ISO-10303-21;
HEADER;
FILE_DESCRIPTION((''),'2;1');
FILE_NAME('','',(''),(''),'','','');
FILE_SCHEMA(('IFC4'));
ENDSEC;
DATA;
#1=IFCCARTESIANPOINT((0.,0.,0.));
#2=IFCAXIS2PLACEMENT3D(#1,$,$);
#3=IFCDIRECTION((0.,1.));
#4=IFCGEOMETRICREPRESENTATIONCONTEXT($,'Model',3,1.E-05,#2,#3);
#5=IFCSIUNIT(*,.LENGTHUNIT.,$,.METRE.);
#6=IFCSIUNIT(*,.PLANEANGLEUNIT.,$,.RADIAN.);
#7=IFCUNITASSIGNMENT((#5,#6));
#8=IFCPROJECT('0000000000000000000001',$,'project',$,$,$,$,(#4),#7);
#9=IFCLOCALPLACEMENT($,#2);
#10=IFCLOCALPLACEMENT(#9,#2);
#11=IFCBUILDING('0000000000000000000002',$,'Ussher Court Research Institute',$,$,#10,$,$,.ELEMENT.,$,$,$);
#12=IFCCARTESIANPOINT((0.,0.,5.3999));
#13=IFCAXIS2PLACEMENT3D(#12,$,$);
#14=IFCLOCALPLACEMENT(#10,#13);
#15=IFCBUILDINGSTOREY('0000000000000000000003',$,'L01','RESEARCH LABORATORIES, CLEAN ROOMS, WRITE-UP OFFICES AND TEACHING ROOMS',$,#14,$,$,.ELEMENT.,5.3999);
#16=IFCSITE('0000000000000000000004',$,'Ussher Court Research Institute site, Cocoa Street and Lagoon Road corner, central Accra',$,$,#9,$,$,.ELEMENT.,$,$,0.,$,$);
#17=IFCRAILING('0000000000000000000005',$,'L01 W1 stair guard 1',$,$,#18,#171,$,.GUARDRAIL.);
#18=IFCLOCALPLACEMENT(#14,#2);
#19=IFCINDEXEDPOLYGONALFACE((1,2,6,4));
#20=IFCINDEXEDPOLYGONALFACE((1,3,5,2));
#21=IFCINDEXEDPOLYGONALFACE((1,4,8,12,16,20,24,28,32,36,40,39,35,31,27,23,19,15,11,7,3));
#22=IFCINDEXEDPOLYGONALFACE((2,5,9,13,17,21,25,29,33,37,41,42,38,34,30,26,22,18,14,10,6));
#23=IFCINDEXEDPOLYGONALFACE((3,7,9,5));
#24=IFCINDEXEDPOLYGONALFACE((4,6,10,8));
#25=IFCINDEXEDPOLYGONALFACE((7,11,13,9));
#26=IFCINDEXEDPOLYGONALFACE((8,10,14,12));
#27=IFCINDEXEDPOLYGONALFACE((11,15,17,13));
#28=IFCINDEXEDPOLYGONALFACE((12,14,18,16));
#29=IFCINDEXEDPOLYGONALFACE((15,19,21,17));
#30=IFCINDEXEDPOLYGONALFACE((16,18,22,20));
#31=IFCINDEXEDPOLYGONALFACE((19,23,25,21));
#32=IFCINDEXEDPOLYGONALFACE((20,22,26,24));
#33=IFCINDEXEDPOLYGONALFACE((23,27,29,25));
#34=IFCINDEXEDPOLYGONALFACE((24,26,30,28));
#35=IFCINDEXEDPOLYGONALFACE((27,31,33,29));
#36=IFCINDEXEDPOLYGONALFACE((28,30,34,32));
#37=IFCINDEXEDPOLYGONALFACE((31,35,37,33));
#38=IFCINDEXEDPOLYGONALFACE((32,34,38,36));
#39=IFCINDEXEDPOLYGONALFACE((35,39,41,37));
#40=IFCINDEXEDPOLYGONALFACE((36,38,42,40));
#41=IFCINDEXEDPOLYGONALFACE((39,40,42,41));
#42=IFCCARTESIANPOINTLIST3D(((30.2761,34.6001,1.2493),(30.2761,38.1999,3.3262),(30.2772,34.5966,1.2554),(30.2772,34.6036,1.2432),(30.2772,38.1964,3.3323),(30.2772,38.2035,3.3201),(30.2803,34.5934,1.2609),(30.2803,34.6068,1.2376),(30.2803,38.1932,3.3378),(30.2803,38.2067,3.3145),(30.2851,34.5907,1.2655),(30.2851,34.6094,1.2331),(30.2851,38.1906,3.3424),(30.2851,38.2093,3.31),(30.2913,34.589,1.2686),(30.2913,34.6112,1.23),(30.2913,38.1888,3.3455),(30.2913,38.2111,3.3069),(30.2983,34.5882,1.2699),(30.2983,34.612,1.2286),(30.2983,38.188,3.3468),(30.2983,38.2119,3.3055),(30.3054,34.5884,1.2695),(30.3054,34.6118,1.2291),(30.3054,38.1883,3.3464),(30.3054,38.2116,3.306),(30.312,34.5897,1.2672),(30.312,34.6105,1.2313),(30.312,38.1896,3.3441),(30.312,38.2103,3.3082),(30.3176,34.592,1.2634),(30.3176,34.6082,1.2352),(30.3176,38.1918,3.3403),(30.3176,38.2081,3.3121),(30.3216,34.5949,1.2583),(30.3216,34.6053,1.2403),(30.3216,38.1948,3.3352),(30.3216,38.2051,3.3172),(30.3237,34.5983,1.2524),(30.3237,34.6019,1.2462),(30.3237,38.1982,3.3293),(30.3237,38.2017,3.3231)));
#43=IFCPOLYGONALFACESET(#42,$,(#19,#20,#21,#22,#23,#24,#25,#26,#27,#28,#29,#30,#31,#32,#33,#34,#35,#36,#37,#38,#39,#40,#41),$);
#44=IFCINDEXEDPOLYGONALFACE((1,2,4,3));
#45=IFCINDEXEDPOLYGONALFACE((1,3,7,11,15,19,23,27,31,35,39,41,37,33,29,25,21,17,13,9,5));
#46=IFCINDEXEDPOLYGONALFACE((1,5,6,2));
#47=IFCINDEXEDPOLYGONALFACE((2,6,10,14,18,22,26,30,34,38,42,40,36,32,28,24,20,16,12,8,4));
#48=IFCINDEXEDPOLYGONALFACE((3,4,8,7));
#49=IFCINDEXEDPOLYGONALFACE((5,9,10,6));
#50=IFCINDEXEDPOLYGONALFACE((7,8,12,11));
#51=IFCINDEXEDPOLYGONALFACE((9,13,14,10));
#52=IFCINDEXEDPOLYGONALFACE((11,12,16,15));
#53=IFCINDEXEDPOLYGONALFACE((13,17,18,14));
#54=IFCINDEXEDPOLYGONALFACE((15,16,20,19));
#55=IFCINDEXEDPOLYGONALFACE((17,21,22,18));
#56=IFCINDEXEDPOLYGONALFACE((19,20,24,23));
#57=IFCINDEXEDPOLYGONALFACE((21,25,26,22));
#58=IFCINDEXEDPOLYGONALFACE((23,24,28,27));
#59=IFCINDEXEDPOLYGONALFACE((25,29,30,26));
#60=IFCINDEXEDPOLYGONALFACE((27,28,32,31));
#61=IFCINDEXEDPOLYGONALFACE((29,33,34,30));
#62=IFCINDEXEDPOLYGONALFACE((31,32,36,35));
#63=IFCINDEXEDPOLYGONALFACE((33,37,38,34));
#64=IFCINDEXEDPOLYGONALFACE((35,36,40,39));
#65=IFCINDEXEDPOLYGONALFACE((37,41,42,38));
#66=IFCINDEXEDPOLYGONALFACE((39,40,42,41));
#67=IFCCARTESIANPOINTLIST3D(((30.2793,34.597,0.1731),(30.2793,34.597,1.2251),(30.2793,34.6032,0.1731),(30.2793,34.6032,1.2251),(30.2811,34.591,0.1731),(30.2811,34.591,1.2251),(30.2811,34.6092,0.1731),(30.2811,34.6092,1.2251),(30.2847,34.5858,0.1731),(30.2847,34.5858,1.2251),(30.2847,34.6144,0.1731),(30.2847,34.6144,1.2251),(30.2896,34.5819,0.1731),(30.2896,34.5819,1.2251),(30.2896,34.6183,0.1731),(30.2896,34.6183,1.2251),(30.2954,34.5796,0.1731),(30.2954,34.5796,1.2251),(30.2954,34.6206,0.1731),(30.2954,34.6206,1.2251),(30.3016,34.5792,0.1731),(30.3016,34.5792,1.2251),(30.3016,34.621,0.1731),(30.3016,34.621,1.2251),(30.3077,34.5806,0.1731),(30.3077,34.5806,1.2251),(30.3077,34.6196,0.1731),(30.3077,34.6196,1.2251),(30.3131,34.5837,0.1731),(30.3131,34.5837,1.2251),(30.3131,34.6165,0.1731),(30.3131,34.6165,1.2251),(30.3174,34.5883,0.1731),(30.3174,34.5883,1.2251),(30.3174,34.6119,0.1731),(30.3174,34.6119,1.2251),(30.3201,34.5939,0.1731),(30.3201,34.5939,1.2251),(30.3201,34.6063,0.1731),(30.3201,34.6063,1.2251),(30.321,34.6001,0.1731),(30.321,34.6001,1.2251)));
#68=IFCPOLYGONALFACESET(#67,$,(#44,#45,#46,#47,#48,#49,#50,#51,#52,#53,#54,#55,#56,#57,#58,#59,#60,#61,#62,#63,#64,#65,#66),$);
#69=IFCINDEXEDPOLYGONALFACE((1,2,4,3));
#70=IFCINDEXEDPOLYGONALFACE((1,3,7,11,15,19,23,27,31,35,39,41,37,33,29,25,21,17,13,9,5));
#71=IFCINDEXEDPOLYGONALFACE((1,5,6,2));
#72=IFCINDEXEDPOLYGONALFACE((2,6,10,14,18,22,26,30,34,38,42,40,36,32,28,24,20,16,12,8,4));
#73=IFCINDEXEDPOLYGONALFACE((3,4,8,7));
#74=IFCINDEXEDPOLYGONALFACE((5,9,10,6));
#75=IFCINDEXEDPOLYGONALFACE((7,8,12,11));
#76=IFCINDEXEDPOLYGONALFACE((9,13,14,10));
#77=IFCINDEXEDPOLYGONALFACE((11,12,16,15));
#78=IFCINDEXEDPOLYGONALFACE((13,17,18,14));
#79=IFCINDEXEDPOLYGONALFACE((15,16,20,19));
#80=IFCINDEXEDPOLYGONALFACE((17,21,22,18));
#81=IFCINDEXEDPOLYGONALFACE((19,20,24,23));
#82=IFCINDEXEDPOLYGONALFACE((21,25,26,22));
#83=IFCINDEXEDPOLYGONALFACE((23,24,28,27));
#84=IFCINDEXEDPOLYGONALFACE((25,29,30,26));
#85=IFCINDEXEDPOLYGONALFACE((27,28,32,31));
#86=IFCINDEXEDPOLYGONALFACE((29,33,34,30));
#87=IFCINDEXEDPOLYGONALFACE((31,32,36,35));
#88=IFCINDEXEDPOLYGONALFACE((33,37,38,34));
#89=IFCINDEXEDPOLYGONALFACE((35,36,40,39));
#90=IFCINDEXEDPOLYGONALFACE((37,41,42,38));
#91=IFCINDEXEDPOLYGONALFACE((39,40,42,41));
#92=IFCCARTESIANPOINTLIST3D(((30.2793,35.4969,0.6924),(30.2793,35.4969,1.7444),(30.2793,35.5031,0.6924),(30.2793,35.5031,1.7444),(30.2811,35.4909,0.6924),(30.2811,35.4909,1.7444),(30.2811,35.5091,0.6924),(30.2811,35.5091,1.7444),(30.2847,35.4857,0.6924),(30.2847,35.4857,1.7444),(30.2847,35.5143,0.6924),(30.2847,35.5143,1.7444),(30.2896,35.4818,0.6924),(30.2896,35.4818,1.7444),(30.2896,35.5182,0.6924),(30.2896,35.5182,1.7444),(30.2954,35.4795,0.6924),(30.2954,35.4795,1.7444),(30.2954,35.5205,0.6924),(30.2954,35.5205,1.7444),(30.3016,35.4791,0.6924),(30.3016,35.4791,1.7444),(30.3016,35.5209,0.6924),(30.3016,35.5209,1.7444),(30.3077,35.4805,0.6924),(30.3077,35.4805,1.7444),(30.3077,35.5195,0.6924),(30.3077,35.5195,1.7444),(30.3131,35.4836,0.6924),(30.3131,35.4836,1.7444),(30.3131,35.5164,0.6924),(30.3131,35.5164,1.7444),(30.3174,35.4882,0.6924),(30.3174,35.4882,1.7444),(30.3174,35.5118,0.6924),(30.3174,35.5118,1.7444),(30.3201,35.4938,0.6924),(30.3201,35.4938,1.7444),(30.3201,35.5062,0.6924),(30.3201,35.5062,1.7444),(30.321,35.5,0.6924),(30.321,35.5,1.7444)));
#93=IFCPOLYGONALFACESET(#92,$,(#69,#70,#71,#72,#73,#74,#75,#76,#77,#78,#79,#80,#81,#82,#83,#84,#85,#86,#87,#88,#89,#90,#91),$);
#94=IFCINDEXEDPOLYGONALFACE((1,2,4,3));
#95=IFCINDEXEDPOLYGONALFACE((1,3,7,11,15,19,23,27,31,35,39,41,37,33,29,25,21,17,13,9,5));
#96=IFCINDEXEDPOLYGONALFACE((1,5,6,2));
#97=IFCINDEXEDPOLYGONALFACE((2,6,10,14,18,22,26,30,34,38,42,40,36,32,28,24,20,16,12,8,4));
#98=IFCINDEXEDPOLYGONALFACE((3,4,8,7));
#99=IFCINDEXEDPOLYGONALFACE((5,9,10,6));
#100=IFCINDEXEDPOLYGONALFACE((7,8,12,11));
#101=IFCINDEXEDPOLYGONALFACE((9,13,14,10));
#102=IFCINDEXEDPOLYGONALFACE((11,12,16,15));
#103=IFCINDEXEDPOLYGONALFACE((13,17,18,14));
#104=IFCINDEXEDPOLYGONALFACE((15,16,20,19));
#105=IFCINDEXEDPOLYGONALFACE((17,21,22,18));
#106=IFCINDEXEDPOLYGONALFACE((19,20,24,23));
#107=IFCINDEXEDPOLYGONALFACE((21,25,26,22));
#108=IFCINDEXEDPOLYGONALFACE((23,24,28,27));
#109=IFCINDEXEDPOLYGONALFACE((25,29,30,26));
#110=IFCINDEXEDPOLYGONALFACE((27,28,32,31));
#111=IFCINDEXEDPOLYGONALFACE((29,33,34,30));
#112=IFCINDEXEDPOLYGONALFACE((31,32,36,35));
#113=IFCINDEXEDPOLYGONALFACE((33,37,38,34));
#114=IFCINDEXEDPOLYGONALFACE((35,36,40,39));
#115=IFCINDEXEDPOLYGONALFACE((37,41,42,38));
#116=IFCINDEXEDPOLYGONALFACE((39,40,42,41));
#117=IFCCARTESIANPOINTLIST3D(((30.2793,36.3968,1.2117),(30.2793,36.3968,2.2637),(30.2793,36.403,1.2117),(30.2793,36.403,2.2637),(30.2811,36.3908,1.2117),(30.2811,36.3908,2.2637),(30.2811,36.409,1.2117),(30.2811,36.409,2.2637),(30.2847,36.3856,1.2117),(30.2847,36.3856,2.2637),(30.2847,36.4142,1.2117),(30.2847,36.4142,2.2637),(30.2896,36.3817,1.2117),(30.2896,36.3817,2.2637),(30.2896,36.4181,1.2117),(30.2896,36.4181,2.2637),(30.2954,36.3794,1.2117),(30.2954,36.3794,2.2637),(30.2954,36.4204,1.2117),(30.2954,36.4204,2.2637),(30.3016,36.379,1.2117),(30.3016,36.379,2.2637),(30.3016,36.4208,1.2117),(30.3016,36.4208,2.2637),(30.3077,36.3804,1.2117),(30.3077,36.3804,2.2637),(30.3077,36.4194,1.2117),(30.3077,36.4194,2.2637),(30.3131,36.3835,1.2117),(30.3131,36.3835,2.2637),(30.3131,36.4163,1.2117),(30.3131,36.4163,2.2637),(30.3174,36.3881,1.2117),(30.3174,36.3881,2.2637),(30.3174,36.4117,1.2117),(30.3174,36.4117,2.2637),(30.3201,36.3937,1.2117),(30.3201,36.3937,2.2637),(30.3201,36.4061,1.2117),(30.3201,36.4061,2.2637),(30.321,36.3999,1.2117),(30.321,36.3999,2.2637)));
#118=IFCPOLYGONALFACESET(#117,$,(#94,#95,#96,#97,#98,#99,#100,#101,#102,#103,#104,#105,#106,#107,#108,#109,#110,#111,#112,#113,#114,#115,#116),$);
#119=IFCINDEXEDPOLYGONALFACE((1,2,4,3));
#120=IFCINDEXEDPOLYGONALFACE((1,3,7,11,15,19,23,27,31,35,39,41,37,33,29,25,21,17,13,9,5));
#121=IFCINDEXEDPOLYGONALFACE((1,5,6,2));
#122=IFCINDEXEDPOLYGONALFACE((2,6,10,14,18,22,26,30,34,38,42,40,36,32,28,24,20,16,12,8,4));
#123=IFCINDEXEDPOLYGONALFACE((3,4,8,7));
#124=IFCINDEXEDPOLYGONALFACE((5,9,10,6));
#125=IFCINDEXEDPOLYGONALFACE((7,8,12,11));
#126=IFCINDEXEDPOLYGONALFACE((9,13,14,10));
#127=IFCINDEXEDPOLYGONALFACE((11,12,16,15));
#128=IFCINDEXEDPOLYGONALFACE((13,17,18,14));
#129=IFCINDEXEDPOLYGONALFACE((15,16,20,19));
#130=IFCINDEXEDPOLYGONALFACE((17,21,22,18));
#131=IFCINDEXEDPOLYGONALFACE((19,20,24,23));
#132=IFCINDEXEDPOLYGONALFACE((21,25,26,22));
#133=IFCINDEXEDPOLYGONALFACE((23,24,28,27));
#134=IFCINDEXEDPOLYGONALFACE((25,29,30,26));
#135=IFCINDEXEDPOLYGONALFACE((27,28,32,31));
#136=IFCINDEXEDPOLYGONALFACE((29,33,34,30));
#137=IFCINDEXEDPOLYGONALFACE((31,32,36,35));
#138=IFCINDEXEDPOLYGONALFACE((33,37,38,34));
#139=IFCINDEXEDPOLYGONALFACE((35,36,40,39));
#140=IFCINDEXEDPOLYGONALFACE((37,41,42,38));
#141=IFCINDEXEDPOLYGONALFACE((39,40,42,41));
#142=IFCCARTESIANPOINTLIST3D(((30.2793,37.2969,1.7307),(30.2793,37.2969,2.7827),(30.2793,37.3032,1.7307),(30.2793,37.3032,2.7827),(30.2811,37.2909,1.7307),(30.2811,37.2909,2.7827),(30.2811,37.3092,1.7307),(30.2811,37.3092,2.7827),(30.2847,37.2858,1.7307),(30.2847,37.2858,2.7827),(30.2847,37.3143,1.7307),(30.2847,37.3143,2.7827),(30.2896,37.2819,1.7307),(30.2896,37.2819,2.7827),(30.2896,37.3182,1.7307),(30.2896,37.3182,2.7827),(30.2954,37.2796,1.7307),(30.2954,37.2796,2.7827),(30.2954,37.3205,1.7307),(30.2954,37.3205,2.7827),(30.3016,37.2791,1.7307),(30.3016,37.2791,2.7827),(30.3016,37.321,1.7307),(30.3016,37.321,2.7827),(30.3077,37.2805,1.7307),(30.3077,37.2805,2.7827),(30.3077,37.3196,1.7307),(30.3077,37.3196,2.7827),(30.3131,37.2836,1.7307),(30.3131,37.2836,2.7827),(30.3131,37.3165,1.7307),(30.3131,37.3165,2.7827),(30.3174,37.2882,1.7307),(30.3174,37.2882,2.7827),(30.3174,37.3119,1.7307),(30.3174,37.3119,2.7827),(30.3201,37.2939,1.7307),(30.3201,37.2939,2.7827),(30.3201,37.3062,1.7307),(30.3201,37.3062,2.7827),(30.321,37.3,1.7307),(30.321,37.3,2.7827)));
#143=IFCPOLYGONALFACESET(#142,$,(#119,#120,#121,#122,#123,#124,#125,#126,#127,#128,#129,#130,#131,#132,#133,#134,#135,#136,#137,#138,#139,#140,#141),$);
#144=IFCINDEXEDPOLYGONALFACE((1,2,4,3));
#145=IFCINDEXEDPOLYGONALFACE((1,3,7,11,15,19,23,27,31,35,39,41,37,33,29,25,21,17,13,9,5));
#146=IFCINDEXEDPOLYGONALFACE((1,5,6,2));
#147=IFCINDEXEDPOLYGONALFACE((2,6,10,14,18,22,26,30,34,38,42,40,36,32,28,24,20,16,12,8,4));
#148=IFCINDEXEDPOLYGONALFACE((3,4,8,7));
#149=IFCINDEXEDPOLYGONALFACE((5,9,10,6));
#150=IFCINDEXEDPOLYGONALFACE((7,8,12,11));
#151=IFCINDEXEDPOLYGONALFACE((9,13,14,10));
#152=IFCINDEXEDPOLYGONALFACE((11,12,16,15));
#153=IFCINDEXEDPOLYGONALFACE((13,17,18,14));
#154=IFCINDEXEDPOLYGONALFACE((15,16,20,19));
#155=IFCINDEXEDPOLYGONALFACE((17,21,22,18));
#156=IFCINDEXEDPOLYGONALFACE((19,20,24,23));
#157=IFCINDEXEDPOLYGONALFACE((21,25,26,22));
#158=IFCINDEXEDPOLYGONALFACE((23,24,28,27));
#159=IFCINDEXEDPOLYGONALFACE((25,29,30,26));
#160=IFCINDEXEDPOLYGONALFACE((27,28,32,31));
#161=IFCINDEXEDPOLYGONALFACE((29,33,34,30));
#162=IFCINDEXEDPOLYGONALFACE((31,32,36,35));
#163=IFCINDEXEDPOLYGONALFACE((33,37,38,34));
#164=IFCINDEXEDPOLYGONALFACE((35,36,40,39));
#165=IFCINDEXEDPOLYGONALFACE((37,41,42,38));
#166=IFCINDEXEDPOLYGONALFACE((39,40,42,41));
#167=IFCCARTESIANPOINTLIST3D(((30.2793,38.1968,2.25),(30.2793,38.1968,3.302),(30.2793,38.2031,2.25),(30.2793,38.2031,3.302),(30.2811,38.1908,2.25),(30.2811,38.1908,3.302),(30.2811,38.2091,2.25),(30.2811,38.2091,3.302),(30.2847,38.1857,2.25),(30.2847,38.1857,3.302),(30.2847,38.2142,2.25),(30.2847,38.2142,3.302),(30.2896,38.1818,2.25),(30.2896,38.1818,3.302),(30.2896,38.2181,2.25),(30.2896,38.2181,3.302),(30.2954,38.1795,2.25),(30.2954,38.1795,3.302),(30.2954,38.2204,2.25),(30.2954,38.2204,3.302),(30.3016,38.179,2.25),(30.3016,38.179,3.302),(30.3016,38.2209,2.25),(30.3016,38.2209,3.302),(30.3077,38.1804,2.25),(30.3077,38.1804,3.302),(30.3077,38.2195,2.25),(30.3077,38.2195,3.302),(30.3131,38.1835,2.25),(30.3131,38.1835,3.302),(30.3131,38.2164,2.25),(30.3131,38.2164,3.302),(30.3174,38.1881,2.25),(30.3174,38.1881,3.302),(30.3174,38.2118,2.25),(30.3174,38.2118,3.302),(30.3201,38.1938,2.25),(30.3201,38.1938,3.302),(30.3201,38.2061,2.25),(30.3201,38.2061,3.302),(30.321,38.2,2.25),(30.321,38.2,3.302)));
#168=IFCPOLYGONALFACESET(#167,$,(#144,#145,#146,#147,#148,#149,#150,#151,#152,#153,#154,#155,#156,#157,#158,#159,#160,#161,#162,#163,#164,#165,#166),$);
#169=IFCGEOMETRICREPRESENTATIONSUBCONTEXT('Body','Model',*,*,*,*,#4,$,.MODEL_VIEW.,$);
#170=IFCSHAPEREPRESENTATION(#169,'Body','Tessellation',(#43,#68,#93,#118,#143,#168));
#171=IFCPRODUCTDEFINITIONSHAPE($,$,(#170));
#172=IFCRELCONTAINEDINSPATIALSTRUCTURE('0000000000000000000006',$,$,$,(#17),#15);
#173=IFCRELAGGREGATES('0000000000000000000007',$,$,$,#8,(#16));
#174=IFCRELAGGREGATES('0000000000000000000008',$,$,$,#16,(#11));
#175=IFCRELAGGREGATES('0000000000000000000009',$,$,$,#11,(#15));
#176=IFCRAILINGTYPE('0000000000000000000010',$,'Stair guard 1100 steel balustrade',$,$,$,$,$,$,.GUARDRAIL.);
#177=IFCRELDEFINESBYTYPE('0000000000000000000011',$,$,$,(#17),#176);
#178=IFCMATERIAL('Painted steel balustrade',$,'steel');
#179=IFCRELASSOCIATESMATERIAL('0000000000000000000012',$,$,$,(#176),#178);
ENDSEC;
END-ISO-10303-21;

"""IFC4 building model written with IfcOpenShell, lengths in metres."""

from ifc_helpers import new_model, si_unit, direction, frame, origin, origin_2d, place, context, subcontext, project, spatial, circle, extrude, material, type_object, element, save


model = new_model("IFC4")

# Units and contexts
model_context = context("Model", 3, precision=1e-05, world=origin(), true_north=direction((0.0, 1.0)))
body_context = subcontext(model_context, "Body", "Model", "MODEL_VIEW")
ifc_project = project(units=[si_unit("LENGTHUNIT", "METRE"), si_unit("PLANEANGLEUNIT", "RADIAN")], contexts=[model_context])

# Site, building, storey
site_placement = place(None, origin())
site = spatial("IfcSite", under=ifc_project, at=site_placement, Name="Ussher Court Research Institute site, Cocoa Street and Lagoon Road corner, central Accra", CompositionType="ELEMENT", RefElevation=0.0)
building_placement = place(site_placement, origin())
building = spatial("IfcBuilding", under=site, at=building_placement, Name="Ussher Court Research Institute", CompositionType="ELEMENT")
storey_placement = place(building_placement, frame((0.0, 0.0, 5.3999)))
storey = spatial("IfcBuildingStorey", under=building, at=storey_placement, Name="L01", Description="RESEARCH LABORATORIES, CLEAN ROOMS, WRITE-UP OFFICES AND TEACHING ROOMS", CompositionType="ELEMENT", Elevation=5.3999)

# Railing
ifc_material_1 = material(Name="Painted steel balustrade", Category="steel")
railing_type_1 = type_object("IfcRailingType", Name="Stair guard 1100 steel balustrade", PredefinedType="GUARDRAIL", material=ifc_material_1)
railing_1_placement = place(storey_placement, frame((30.3, 34.6001, 0.1731)))
element("IfcRailing", 1, at=railing_1_placement, inside=storey, type_object=railing_type_1, Name="L01 W1 stair guard 1", PredefinedType="GUARDRAIL", context=body_context, shape_type="SweptSolid", body=[
    extrude(circle(Radius=0.0239, at=origin_2d()), frame((0.0, 0.0, 1.0762), z_axis=(0.0, 0.866179, 0.499734), x_axis=(-1.0, 0.0, 0.0)), (0.0, 0.0, 1.0), 4.156),
    extrude(circle(Radius=0.021, at=origin_2d()), origin(), (0.0, 0.0, 1.0), 1.052),
    extrude(circle(Radius=0.021, at=origin_2d()), frame((0.0, 0.8999, 0.5193)), (0.0, 0.0, 1.0), 1.052),
    extrude(circle(Radius=0.021, at=origin_2d()), frame((0.0, 1.7998, 1.0386)), (0.0, 0.0, 1.0), 1.052),
    extrude(circle(Radius=0.021, at=origin_2d()), frame((0.0, 2.7, 1.5576)), (0.0, 0.0, 1.0), 1.052),
    extrude(circle(Radius=0.021, at=origin_2d()), frame((0.0, 3.5999, 2.0769)), (0.0, 0.0, 1.0), 1.052),
])

save(model, "model.ifc")
